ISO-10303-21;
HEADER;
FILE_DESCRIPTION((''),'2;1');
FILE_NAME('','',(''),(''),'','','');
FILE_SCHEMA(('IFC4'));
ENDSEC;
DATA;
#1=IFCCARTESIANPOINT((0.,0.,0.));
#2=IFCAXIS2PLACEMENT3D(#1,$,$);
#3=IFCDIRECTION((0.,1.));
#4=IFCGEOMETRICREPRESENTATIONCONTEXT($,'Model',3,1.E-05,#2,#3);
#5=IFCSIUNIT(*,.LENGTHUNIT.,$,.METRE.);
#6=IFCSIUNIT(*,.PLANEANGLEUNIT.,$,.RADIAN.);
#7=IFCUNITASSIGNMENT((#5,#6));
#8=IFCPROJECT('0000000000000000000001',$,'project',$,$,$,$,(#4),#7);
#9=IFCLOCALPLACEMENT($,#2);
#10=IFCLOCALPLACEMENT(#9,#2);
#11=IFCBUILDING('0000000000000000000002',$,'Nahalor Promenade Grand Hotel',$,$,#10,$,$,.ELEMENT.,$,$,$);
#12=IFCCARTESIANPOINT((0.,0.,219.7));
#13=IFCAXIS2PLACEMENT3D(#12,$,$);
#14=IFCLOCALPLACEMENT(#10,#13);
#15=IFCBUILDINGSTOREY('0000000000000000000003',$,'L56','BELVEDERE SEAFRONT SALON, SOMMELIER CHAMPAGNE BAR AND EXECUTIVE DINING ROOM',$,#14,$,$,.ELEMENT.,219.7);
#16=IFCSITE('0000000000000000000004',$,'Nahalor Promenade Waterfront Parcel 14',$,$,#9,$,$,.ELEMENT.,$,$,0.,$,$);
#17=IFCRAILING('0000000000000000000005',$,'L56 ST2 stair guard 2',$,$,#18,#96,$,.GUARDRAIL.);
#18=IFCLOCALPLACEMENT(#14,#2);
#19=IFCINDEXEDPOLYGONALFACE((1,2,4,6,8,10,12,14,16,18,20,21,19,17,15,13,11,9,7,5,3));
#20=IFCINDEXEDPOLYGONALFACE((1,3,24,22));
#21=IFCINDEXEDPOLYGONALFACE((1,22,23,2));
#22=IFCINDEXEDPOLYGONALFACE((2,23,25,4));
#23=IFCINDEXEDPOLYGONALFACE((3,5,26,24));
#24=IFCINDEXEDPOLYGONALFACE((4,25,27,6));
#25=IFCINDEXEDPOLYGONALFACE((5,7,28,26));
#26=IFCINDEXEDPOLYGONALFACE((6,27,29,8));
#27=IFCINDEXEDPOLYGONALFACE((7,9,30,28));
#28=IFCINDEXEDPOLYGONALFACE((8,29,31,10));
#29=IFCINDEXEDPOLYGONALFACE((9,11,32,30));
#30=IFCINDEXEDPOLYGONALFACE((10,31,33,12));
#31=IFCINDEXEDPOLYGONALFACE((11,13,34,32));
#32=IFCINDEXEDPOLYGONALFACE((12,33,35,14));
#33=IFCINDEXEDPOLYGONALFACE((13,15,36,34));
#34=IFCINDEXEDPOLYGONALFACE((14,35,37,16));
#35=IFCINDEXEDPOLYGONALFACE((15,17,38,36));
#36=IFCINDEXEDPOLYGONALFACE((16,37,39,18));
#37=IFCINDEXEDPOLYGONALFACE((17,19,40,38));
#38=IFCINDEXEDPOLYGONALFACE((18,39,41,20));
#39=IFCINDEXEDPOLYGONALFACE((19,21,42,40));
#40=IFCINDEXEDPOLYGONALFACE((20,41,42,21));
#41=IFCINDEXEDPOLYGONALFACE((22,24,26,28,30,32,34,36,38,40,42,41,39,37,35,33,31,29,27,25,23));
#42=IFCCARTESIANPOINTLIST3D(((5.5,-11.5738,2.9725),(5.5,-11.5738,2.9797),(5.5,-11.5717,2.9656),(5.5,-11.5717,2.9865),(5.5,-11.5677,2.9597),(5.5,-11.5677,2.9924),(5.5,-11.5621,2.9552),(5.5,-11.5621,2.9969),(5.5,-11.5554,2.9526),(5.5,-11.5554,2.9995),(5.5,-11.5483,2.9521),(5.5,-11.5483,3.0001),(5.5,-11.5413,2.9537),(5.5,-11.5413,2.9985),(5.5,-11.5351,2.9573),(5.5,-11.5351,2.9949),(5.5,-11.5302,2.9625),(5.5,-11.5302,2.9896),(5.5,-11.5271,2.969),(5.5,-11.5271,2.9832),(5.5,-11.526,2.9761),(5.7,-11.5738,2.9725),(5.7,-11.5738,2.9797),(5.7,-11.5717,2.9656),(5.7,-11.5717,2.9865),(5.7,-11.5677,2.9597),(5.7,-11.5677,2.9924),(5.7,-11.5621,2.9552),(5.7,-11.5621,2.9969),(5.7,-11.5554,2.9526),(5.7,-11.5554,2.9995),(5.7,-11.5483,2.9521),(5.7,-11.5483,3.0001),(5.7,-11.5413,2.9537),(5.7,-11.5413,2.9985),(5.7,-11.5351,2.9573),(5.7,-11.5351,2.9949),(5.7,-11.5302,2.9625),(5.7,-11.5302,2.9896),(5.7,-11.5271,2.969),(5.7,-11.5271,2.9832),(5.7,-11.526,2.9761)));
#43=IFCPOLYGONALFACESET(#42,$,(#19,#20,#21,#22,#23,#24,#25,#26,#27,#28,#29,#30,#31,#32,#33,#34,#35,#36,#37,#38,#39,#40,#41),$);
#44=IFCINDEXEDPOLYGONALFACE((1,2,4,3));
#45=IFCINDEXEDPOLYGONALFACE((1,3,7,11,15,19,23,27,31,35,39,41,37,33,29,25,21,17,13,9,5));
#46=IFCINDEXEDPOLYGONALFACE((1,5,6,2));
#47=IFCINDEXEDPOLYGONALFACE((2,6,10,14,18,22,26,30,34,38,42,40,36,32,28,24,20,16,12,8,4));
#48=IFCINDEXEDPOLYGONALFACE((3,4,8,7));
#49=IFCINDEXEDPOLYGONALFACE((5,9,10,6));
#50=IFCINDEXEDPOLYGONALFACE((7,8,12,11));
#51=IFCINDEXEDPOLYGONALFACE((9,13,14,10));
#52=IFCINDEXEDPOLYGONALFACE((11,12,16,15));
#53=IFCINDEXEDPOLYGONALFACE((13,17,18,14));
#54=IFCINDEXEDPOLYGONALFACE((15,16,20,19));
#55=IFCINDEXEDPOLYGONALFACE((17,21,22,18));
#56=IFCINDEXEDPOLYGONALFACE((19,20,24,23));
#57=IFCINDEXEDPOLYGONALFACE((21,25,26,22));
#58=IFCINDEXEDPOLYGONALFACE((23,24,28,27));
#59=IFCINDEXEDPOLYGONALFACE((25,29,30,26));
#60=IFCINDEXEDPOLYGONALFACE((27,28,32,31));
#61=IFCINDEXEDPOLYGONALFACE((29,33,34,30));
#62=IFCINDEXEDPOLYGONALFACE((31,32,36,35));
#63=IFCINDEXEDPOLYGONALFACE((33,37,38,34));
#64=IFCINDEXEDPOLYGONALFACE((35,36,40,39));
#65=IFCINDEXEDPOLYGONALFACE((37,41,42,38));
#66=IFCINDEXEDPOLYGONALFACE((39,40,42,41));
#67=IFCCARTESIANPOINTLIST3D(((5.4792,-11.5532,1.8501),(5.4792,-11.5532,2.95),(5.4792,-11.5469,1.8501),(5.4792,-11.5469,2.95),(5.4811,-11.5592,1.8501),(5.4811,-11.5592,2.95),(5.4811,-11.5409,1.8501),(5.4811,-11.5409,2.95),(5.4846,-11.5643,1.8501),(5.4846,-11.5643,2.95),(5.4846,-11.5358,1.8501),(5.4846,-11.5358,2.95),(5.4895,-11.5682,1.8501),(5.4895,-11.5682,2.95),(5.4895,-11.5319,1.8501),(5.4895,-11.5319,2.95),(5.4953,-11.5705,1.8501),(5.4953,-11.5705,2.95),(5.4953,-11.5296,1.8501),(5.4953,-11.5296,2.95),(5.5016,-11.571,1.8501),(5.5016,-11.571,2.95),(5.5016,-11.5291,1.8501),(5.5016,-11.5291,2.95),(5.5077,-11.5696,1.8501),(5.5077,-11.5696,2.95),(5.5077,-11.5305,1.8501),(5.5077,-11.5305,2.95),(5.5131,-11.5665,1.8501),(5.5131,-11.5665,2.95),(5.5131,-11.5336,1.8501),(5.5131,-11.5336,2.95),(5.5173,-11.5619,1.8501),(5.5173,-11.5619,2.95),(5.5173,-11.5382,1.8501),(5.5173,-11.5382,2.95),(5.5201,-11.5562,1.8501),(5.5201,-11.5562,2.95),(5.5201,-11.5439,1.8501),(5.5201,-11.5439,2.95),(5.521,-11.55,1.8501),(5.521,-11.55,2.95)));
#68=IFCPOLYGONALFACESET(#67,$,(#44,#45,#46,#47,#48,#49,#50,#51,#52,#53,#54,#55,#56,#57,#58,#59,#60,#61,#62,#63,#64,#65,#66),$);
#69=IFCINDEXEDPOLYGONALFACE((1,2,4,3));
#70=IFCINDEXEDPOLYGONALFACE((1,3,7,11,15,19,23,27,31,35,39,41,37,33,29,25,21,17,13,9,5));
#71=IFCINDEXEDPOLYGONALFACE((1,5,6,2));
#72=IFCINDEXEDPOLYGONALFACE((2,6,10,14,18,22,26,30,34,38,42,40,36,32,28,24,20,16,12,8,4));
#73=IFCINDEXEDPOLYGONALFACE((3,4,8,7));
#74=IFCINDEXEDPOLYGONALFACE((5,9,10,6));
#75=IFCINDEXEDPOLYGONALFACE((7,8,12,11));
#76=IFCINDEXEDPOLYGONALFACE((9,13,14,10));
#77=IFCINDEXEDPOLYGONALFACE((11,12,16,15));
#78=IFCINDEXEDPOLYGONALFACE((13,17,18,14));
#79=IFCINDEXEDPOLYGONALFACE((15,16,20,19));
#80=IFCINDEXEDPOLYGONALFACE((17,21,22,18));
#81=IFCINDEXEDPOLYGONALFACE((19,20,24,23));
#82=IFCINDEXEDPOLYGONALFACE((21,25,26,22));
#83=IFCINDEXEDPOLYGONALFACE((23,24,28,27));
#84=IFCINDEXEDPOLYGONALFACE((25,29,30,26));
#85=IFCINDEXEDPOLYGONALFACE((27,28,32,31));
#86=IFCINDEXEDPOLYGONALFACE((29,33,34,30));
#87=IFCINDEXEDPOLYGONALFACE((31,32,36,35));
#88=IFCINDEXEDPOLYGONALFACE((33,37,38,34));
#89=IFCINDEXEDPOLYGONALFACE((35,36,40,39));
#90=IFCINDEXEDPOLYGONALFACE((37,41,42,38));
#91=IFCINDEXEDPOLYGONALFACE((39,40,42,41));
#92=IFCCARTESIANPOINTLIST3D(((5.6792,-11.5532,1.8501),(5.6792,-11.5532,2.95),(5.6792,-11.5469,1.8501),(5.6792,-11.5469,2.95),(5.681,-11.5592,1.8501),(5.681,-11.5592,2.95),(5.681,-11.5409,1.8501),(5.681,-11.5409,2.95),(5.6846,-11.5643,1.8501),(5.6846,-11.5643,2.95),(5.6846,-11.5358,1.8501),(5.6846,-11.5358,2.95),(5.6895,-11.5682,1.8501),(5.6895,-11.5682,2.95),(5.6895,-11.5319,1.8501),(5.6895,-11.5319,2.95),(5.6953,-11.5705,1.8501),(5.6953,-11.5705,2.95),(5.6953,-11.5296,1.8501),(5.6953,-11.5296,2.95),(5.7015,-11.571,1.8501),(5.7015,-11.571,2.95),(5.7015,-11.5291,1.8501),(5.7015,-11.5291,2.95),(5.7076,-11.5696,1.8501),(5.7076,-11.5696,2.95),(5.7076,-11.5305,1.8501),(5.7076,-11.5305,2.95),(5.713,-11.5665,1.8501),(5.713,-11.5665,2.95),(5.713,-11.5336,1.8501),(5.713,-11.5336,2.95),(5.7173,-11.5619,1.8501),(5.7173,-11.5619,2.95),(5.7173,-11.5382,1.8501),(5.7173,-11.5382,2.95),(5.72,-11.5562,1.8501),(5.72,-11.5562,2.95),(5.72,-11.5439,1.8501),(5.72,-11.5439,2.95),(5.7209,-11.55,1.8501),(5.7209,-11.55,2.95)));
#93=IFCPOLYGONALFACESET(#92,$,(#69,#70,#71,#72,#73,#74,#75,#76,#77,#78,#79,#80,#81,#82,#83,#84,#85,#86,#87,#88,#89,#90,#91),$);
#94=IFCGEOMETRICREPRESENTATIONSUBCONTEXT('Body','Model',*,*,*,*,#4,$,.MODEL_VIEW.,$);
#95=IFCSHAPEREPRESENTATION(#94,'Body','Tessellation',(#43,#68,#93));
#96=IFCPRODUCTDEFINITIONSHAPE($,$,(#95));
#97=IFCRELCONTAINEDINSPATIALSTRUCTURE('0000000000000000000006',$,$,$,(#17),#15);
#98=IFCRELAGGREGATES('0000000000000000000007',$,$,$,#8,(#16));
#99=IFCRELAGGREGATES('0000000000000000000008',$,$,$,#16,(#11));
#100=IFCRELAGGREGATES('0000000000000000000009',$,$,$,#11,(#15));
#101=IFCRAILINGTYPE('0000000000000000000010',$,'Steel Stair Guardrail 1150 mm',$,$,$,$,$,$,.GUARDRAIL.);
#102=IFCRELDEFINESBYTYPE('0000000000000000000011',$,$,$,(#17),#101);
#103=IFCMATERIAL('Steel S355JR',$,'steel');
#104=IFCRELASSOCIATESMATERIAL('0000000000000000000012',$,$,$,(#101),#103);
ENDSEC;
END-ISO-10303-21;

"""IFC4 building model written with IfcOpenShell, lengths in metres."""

from ifc_helpers import new_model, si_unit, direction, frame, origin, origin_2d, place, context, subcontext, project, spatial, circle, extrude, material, type_object, element, save


model = new_model("IFC4")

# Units and contexts
model_context = context("Model", 3, precision=1e-05, world=origin(), true_north=direction((0.0, 1.0)))
body_context = subcontext(model_context, "Body", "Model", "MODEL_VIEW")
ifc_project = project(units=[si_unit("LENGTHUNIT", "METRE"), si_unit("PLANEANGLEUNIT", "RADIAN")], contexts=[model_context])

# Site, building, storey
site_placement = place(None, origin())
site = spatial("IfcSite", under=ifc_project, at=site_placement, Name="Nahalor Promenade Waterfront Parcel 14", CompositionType="ELEMENT", RefElevation=0.0)
building_placement = place(site_placement, origin())
building = spatial("IfcBuilding", under=site, at=building_placement, Name="Nahalor Promenade Grand Hotel", CompositionType="ELEMENT")
storey_placement = place(building_placement, frame((0.0, 0.0, 219.7)))
storey = spatial("IfcBuildingStorey", under=building, at=storey_placement, Name="L56", Description="BELVEDERE SEAFRONT SALON, SOMMELIER CHAMPAGNE BAR AND EXECUTIVE DINING ROOM", CompositionType="ELEMENT", Elevation=219.7)

# Shared definitions
ifc_material_1 = material(Name="Steel S355JR", Category="steel")

# Railing
railing_type_1 = type_object("IfcRailingType", Name="Steel Stair Guardrail 1150 mm", PredefinedType="GUARDRAIL", material=ifc_material_1)
railing_1_placement = place(storey_placement, frame((5.5, -11.55, 1.8501)))
element("IfcRailing", 1, at=railing_1_placement, inside=storey, type_object=railing_type_1, Name="L56 ST2 stair guard 2", PredefinedType="GUARDRAIL", context=body_context, shape_type="SweptSolid", body=[
    extrude(circle(Radius=0.024, at=origin_2d()), frame((0.0, 0.0, 1.126), z_axis=(1.0, 0.0, 0.0), x_axis=(0.0, 1.0, 0.0)), (0.0, 0.0, 1.0), 0.2),
    extrude(circle(Radius=0.021, at=origin_2d()), origin(), (0.0, 0.0, 1.0), 1.0999),
    extrude(circle(Radius=0.021, at=origin_2d()), frame((0.2, 0.0, 0.0)), (0.0, 0.0, 1.0), 1.0999),
])

save(model, "model.ifc")
